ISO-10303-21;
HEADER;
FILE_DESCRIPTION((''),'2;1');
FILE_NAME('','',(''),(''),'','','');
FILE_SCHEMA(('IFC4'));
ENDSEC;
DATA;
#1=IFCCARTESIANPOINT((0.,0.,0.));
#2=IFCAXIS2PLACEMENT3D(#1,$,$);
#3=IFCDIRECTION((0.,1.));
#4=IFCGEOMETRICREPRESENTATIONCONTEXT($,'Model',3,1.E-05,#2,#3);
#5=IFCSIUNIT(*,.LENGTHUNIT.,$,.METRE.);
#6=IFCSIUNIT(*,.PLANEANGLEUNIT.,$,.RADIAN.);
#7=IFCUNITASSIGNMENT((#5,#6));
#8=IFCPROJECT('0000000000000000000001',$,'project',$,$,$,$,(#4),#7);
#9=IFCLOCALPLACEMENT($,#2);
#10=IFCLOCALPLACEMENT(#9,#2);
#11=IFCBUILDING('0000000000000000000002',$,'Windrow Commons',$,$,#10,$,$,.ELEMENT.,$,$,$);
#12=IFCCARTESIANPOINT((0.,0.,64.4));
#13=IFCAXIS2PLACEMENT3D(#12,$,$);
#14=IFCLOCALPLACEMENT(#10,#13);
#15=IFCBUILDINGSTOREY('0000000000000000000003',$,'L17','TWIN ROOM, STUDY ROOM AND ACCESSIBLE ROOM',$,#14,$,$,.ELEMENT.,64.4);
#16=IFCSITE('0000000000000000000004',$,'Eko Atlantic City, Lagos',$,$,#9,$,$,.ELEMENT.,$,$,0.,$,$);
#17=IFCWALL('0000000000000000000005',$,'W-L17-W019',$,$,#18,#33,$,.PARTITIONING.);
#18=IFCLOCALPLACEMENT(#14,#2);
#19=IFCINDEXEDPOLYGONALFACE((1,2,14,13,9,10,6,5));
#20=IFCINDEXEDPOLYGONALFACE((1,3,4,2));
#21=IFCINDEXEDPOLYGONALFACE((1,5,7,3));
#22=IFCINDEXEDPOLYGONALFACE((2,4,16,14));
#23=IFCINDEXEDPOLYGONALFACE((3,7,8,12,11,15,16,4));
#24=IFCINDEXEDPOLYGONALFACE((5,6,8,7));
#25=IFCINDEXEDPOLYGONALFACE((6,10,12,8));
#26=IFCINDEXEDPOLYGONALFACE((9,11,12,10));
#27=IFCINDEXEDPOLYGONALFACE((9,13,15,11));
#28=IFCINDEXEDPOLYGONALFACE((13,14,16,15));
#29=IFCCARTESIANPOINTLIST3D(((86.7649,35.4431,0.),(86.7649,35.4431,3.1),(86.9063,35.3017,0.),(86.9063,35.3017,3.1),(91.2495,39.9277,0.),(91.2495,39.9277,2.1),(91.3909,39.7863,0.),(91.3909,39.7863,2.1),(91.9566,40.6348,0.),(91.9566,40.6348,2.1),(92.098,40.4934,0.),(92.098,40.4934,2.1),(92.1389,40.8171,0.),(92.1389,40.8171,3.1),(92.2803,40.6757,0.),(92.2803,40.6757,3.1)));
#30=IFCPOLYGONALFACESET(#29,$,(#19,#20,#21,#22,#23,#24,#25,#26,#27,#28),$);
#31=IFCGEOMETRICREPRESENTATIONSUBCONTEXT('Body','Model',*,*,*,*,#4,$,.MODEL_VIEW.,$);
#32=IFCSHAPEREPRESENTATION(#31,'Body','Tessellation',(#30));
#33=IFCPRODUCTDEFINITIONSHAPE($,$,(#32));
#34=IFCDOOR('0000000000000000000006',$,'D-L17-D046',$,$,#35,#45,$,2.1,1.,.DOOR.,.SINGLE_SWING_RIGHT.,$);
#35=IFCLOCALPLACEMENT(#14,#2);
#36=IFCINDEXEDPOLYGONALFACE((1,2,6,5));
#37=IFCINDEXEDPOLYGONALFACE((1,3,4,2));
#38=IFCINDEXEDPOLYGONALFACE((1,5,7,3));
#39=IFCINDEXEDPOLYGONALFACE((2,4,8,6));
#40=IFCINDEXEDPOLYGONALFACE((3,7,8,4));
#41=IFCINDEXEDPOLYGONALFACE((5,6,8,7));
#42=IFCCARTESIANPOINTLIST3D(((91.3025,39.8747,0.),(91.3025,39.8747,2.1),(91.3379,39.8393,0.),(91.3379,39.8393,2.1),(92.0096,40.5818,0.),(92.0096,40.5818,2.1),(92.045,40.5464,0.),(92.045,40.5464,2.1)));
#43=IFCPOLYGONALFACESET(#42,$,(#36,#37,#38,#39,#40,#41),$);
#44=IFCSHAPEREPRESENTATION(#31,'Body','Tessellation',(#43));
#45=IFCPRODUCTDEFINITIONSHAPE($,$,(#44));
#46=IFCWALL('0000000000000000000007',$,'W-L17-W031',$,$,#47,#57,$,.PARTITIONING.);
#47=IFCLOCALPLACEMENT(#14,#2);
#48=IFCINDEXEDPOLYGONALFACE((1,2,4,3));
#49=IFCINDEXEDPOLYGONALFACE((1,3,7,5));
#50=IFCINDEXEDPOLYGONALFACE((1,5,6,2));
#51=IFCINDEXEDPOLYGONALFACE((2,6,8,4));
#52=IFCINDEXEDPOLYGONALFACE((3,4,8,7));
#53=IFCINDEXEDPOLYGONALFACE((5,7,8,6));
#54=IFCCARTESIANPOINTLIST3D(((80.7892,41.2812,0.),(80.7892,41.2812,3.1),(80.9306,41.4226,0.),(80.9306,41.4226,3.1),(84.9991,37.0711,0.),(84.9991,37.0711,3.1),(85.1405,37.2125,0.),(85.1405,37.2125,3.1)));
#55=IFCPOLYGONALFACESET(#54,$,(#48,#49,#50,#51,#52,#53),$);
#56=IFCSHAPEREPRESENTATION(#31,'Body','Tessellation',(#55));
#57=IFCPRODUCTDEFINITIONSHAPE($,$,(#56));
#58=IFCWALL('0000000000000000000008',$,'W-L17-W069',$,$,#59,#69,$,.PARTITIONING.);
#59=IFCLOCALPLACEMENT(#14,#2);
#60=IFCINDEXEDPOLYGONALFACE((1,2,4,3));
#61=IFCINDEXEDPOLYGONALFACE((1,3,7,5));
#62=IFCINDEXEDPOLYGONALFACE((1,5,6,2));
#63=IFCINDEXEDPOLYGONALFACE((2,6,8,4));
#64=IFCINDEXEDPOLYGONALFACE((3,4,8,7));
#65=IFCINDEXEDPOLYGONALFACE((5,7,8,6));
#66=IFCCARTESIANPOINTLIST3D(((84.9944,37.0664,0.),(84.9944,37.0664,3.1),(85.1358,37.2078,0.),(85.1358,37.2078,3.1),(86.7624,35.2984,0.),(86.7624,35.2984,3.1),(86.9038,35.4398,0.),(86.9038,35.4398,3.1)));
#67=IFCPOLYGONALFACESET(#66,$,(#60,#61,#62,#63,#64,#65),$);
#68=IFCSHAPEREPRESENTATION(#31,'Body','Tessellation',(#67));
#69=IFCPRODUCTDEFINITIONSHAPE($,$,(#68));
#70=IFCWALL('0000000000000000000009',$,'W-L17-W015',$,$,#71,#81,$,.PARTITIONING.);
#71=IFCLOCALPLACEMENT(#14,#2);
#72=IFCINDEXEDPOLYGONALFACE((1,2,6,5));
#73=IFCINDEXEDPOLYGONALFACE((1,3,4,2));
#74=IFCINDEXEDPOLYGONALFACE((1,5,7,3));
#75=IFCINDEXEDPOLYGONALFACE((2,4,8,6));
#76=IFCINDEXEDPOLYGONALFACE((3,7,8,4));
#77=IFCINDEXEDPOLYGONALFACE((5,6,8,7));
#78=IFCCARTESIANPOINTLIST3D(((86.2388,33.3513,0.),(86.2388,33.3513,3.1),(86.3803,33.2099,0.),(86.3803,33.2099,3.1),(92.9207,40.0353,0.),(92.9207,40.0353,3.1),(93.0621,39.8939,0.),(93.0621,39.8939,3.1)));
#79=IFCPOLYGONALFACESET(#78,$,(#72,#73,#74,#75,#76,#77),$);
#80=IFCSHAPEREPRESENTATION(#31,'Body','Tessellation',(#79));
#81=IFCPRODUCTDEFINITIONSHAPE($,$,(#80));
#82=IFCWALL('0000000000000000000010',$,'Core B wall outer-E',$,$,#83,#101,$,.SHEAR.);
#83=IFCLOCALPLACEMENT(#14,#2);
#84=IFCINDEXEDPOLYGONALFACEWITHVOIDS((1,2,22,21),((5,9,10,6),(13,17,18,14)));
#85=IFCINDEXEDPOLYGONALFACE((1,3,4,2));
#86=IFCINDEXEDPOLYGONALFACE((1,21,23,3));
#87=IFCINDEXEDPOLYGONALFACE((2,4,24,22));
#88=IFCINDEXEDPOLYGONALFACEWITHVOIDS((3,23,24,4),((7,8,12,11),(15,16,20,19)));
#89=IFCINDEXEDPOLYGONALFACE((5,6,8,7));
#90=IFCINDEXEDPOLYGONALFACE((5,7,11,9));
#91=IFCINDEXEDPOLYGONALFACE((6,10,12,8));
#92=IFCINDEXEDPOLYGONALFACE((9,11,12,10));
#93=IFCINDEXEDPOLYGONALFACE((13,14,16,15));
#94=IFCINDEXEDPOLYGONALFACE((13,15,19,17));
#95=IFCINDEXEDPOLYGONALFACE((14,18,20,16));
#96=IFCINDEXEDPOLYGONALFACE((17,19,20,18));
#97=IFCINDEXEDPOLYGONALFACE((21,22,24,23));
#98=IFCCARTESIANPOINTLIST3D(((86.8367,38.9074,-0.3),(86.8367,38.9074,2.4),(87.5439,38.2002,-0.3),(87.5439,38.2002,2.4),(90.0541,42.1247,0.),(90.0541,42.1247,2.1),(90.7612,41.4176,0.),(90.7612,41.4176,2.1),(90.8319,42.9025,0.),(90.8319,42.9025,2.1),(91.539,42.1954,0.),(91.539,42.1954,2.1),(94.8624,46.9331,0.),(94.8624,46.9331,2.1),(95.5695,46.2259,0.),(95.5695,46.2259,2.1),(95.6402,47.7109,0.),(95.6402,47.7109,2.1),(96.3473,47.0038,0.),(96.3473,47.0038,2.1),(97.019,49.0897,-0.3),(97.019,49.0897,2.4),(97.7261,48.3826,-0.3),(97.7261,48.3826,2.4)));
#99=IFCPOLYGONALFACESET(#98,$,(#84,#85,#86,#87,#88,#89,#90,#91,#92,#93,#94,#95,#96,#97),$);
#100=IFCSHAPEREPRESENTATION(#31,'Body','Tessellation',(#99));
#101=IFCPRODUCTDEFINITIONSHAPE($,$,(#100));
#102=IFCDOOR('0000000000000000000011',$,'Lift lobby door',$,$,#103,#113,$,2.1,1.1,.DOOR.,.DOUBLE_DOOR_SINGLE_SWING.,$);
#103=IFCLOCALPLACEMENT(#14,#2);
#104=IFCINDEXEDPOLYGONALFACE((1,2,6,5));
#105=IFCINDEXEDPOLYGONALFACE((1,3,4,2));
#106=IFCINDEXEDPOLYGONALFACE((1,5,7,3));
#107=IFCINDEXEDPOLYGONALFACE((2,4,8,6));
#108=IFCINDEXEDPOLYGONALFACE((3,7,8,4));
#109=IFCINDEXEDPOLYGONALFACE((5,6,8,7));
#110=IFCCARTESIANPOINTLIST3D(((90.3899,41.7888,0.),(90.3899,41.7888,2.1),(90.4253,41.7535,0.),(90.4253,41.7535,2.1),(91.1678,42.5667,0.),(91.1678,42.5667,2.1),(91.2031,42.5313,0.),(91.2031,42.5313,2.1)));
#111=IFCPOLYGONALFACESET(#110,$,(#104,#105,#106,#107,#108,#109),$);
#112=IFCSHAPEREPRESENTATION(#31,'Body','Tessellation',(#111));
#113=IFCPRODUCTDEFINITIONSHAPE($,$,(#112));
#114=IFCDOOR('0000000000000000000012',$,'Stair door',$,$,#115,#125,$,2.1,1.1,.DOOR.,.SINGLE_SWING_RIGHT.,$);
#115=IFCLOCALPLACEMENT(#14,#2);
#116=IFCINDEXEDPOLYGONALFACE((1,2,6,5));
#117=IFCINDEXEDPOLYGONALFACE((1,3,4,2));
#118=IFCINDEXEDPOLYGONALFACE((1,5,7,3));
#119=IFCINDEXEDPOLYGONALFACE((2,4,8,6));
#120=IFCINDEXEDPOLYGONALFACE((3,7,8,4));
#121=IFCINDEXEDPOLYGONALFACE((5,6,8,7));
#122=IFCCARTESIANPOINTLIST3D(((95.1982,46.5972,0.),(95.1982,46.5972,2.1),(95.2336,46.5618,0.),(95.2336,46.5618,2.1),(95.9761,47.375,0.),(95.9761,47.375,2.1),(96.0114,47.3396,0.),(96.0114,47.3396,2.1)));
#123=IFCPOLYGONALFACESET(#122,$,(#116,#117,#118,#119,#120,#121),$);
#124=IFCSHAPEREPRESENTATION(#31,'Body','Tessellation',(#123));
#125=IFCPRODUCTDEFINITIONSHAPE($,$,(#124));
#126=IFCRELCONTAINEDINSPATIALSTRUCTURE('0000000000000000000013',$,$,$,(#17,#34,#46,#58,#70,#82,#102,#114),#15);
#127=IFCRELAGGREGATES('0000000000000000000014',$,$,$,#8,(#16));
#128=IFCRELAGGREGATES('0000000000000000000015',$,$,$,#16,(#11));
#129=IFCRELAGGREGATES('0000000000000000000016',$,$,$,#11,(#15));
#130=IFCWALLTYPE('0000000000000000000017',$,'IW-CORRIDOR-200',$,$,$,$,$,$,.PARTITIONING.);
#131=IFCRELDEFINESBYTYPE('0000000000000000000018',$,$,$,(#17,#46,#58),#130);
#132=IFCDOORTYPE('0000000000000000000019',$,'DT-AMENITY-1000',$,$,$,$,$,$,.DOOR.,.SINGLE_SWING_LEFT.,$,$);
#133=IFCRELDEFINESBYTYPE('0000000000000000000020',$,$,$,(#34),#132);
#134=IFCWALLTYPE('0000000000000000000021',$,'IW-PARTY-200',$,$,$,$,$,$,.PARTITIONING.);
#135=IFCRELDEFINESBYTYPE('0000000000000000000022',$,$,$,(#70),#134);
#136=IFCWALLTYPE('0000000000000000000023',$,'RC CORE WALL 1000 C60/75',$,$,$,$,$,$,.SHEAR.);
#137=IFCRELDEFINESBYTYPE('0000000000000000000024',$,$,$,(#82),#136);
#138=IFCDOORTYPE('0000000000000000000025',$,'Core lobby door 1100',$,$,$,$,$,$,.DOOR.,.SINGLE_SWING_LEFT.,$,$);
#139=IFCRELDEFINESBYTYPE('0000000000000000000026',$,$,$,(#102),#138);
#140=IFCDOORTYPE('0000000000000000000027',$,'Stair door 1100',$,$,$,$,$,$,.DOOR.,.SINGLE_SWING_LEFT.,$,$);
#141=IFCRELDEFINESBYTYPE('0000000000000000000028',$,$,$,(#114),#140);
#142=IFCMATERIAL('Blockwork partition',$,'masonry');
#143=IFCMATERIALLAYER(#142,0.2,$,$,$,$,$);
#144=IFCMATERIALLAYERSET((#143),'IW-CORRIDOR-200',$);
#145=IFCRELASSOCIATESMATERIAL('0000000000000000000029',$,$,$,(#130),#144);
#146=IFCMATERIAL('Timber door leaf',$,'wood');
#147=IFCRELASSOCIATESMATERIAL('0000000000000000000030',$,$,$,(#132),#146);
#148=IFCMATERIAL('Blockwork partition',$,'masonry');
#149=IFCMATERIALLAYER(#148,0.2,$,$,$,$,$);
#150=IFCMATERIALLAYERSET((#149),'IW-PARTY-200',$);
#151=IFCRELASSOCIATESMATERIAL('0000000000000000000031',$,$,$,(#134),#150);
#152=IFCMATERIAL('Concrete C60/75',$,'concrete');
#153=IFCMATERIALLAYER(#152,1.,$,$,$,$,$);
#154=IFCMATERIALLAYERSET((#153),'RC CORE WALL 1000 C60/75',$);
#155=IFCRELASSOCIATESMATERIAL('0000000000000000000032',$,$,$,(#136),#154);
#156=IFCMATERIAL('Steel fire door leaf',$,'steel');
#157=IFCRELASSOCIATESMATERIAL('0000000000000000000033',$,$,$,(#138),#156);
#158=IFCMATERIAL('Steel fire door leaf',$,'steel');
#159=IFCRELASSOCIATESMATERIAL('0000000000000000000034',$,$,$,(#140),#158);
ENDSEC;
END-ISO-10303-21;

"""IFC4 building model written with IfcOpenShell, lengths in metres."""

from ifc_helpers import new_model, si_unit, direction, frame, frame_2d, origin, place, context, subcontext, project, spatial, rectangle, extrude, material, layer, layer_set, type_object, element, fill, save


model = new_model("IFC4")

# Units and contexts
model_context = context("Model", 3, precision=1e-05, world=origin(), true_north=direction((0.0, 1.0)))
body_context = subcontext(model_context, "Body", "Model", "MODEL_VIEW")
ifc_project = project(units=[si_unit("LENGTHUNIT", "METRE"), si_unit("PLANEANGLEUNIT", "RADIAN")], contexts=[model_context])

# Site, building, storey
site_placement = place(None, origin())
site = spatial("IfcSite", under=ifc_project, at=site_placement, Name="Eko Atlantic City, Lagos", CompositionType="ELEMENT", RefElevation=0.0)
building_placement = place(site_placement, origin())
building = spatial("IfcBuilding", under=site, at=building_placement, Name="Windrow Commons", CompositionType="ELEMENT")
storey_placement = place(building_placement, frame((0.0, 0.0, 64.4)))
storey = spatial("IfcBuildingStorey", under=building, at=storey_placement, Name="L17", Description="TWIN ROOM, STUDY ROOM AND ACCESSIBLE ROOM", CompositionType="ELEMENT", Elevation=64.4)

# Wall, opening, door
ifc_material_1 = material(Name="Blockwork partition", Category="masonry")
ifc_layer_1 = layer(ifc_material_1, 0.2)
ifc_layer_set_1 = layer_set([ifc_layer_1], Name="IW-CORRIDOR-200")
wall_type_1 = type_object("IfcWallType", Name="IW-CORRIDOR-200", PredefinedType="PARTITIONING", material=ifc_layer_set_1)
wall_1_placement = place(storey_placement, frame((86.8356, 35.3724, 0.0), z_axis=(0.0, 0.0, 1.0), x_axis=(0.707107, 0.707107, 0.0)))
wall_1 = element("IfcWall", 1, at=wall_1_placement, inside=storey, type_object=wall_type_1, Name="W-L17-W019", PredefinedType="PARTITIONING", context=body_context, shape_type="SweptSolid", body=[
    extrude(rectangle(XDim=7.6, YDim=0.2, at=frame_2d((3.8, 0.0))), origin(), (0.0, 0.0, 1.0), 3.1),
])
opening_1_placement = place(wall_1_placement, frame((6.3422, 0.0, 0.0)))
opening_1 = element("IfcOpeningElement", 2, at=opening_1_placement, cuts=wall_1, PredefinedType="OPENING", context=body_context, shape_type="SweptSolid", body=[
    extrude(rectangle(XDim=1.0, YDim=2.1, at=frame_2d((0.5, 1.05))), frame((0.0, 0.11, 0.0), z_axis=(0.0, -1.0, 0.0), x_axis=(1.0, 0.0, 0.0)), (0.0, 0.0, 1.0), 0.22),
])
ifc_material_2 = material(Name="Timber door leaf", Category="wood")
door_type_1 = type_object("IfcDoorType", Name="DT-AMENITY-1000", OperationType="SINGLE_SWING_LEFT", PredefinedType="DOOR", material=ifc_material_2)
door_1_placement = place(opening_1_placement, origin())
door_1 = element("IfcDoor", 3, at=door_1_placement, inside=storey, type_object=door_type_1, Name="D-L17-D046", OperationType="SINGLE_SWING_RIGHT", OverallHeight=2.1, OverallWidth=1.0, PredefinedType="DOOR", context=body_context, shape_type="SweptSolid", body=[
    extrude(rectangle(XDim=1.0, YDim=2.1, at=frame_2d((0.5, 1.05))), frame((0.0, 0.025, 0.0), z_axis=(0.0, -1.0, 0.0), x_axis=(1.0, 0.0, 0.0)), (0.0, 0.0, 1.0), 0.05),
])
fill(opening_1, door_1)

# Walls
wall_2_placement = place(storey_placement, frame((85.0698, 37.1418, 0.0), z_axis=(0.0, 0.0, 1.0), x_axis=(-0.70709, 0.707124, 0.0)))
element("IfcWall", 4, at=wall_2_placement, inside=storey, type_object=wall_type_1, Name="W-L17-W031", PredefinedType="PARTITIONING", context=body_context, shape_type="SweptSolid", body=[
    extrude(rectangle(XDim=5.9538, YDim=0.2, at=frame_2d((2.9769, 0.0))), origin(), (0.0, 0.0, 1.0), 3.1),
])
wall_3_placement = place(storey_placement, frame((85.0651, 37.1371, 0.0), z_axis=(0.0, 0.0, 1.0), x_axis=(0.707107, -0.707107, 0.0)))
element("IfcWall", 5, at=wall_3_placement, inside=storey, type_object=wall_type_1, Name="W-L17-W069", PredefinedType="PARTITIONING", context=body_context, shape_type="SweptSolid", body=[
    extrude(rectangle(XDim=2.5003, YDim=0.2, at=frame_2d((1.2502, 0.0))), origin(), (0.0, 0.0, 1.0), 3.1),
])
ifc_material_3 = material(Name="Blockwork partition", Category="masonry")
ifc_layer_2 = layer(ifc_material_3, 0.2)
ifc_layer_set_2 = layer_set([ifc_layer_2], Name="IW-PARTY-200")
wall_type_2 = type_object("IfcWallType", Name="IW-PARTY-200", PredefinedType="PARTITIONING", material=ifc_layer_set_2)
wall_4_placement = place(storey_placement, frame((86.3095, 33.2806, 0.0), z_axis=(0.0, 0.0, 1.0), x_axis=(0.706996, 0.707218, 0.0)))
element("IfcWall", 6, at=wall_4_placement, inside=storey, type_object=wall_type_2, Name="W-L17-W015", PredefinedType="PARTITIONING", context=body_context, shape_type="SweptSolid", body=[
    extrude(rectangle(XDim=9.4511, YDim=0.2, at=frame_2d((4.7256, 0.0))), origin(), (0.0, 0.0, 1.0), 3.1),
])

# Wall, openings, doors
ifc_material_4 = material(Name="Concrete C60/75", Category="concrete")
ifc_layer_3 = layer(ifc_material_4, 1.0)
ifc_layer_set_3 = layer_set([ifc_layer_3], Name="RC CORE WALL 1000 C60/75")
wall_type_3 = type_object("IfcWallType", Name="RC CORE WALL 1000 C60/75", PredefinedType="SHEAR", material=ifc_layer_set_3)
wall_5_placement = place(storey_placement, frame((87.1903, 38.5538, -0.3), z_axis=(0.0, 0.0, 1.0), x_axis=(0.707103, 0.70711, 0.0)))
wall_5 = element("IfcWall", 7, at=wall_5_placement, inside=storey, type_object=wall_type_3, Name="Core B wall outer-E", PredefinedType="SHEAR", context=body_context, shape_type="SweptSolid", body=[
    extrude(rectangle(XDim=14.4, YDim=1.0, at=frame_2d((7.2, 0.0))), origin(), (0.0, 0.0, 1.0), 2.7),
])
opening_2_placement = place(wall_5_placement, frame((4.55, 0.0, 0.3)))
opening_2 = element("IfcOpeningElement", 8, at=opening_2_placement, cuts=wall_5, PredefinedType="OPENING", context=body_context, shape_type="SweptSolid", body=[
    extrude(rectangle(XDim=1.1, YDim=2.1, at=frame_2d((0.55, 1.05))), frame((0.0, 0.51, 0.0), z_axis=(0.0, -1.0, 0.0), x_axis=(1.0, 0.0, 0.0)), (0.0, 0.0, 1.0), 1.02),
])
opening_3_placement = place(wall_5_placement, frame((11.35, 0.0, 0.3)))
opening_3 = element("IfcOpeningElement", 9, at=opening_3_placement, cuts=wall_5, PredefinedType="OPENING", context=body_context, shape_type="SweptSolid", body=[
    extrude(rectangle(XDim=1.1, YDim=2.1, at=frame_2d((0.55, 1.05))), frame((0.0, 0.51, 0.0), z_axis=(0.0, -1.0, 0.0), x_axis=(1.0, 0.0, 0.0)), (0.0, 0.0, 1.0), 1.02),
])
ifc_material_5 = material(Name="Steel fire door leaf", Category="steel")
door_type_2 = type_object("IfcDoorType", Name="Core lobby door 1100", OperationType="SINGLE_SWING_LEFT", PredefinedType="DOOR", material=ifc_material_5)
door_2_placement = place(opening_2_placement, origin())
door_2 = element("IfcDoor", 10, at=door_2_placement, inside=storey, type_object=door_type_2, Name="Lift lobby door", OperationType="DOUBLE_DOOR_SINGLE_SWING", OverallHeight=2.1, OverallWidth=1.1, PredefinedType="DOOR", context=body_context, shape_type="SweptSolid", body=[
    extrude(rectangle(XDim=1.1, YDim=2.1, at=frame_2d((0.55, 1.05))), frame((0.0, 0.025, 0.0), z_axis=(0.0, -1.0, 0.0), x_axis=(1.0, 0.0, 0.0)), (0.0, 0.0, 1.0), 0.05),
])
fill(opening_2, door_2)
ifc_material_6 = material(Name="Steel fire door leaf", Category="steel")
door_type_3 = type_object("IfcDoorType", Name="Stair door 1100", OperationType="SINGLE_SWING_LEFT", PredefinedType="DOOR", material=ifc_material_6)
door_3_placement = place(opening_3_placement, origin())
door_3 = element("IfcDoor", 11, at=door_3_placement, inside=storey, type_object=door_type_3, Name="Stair door", OperationType="SINGLE_SWING_RIGHT", OverallHeight=2.1, OverallWidth=1.1, PredefinedType="DOOR", context=body_context, shape_type="SweptSolid", body=[
    extrude(rectangle(XDim=1.1, YDim=2.1, at=frame_2d((0.55, 1.05))), frame((0.0, 0.025, 0.0), z_axis=(0.0, -1.0, 0.0), x_axis=(1.0, 0.0, 0.0)), (0.0, 0.0, 1.0), 0.05),
])
fill(opening_3, door_3)

save(model, "model.ifc")
